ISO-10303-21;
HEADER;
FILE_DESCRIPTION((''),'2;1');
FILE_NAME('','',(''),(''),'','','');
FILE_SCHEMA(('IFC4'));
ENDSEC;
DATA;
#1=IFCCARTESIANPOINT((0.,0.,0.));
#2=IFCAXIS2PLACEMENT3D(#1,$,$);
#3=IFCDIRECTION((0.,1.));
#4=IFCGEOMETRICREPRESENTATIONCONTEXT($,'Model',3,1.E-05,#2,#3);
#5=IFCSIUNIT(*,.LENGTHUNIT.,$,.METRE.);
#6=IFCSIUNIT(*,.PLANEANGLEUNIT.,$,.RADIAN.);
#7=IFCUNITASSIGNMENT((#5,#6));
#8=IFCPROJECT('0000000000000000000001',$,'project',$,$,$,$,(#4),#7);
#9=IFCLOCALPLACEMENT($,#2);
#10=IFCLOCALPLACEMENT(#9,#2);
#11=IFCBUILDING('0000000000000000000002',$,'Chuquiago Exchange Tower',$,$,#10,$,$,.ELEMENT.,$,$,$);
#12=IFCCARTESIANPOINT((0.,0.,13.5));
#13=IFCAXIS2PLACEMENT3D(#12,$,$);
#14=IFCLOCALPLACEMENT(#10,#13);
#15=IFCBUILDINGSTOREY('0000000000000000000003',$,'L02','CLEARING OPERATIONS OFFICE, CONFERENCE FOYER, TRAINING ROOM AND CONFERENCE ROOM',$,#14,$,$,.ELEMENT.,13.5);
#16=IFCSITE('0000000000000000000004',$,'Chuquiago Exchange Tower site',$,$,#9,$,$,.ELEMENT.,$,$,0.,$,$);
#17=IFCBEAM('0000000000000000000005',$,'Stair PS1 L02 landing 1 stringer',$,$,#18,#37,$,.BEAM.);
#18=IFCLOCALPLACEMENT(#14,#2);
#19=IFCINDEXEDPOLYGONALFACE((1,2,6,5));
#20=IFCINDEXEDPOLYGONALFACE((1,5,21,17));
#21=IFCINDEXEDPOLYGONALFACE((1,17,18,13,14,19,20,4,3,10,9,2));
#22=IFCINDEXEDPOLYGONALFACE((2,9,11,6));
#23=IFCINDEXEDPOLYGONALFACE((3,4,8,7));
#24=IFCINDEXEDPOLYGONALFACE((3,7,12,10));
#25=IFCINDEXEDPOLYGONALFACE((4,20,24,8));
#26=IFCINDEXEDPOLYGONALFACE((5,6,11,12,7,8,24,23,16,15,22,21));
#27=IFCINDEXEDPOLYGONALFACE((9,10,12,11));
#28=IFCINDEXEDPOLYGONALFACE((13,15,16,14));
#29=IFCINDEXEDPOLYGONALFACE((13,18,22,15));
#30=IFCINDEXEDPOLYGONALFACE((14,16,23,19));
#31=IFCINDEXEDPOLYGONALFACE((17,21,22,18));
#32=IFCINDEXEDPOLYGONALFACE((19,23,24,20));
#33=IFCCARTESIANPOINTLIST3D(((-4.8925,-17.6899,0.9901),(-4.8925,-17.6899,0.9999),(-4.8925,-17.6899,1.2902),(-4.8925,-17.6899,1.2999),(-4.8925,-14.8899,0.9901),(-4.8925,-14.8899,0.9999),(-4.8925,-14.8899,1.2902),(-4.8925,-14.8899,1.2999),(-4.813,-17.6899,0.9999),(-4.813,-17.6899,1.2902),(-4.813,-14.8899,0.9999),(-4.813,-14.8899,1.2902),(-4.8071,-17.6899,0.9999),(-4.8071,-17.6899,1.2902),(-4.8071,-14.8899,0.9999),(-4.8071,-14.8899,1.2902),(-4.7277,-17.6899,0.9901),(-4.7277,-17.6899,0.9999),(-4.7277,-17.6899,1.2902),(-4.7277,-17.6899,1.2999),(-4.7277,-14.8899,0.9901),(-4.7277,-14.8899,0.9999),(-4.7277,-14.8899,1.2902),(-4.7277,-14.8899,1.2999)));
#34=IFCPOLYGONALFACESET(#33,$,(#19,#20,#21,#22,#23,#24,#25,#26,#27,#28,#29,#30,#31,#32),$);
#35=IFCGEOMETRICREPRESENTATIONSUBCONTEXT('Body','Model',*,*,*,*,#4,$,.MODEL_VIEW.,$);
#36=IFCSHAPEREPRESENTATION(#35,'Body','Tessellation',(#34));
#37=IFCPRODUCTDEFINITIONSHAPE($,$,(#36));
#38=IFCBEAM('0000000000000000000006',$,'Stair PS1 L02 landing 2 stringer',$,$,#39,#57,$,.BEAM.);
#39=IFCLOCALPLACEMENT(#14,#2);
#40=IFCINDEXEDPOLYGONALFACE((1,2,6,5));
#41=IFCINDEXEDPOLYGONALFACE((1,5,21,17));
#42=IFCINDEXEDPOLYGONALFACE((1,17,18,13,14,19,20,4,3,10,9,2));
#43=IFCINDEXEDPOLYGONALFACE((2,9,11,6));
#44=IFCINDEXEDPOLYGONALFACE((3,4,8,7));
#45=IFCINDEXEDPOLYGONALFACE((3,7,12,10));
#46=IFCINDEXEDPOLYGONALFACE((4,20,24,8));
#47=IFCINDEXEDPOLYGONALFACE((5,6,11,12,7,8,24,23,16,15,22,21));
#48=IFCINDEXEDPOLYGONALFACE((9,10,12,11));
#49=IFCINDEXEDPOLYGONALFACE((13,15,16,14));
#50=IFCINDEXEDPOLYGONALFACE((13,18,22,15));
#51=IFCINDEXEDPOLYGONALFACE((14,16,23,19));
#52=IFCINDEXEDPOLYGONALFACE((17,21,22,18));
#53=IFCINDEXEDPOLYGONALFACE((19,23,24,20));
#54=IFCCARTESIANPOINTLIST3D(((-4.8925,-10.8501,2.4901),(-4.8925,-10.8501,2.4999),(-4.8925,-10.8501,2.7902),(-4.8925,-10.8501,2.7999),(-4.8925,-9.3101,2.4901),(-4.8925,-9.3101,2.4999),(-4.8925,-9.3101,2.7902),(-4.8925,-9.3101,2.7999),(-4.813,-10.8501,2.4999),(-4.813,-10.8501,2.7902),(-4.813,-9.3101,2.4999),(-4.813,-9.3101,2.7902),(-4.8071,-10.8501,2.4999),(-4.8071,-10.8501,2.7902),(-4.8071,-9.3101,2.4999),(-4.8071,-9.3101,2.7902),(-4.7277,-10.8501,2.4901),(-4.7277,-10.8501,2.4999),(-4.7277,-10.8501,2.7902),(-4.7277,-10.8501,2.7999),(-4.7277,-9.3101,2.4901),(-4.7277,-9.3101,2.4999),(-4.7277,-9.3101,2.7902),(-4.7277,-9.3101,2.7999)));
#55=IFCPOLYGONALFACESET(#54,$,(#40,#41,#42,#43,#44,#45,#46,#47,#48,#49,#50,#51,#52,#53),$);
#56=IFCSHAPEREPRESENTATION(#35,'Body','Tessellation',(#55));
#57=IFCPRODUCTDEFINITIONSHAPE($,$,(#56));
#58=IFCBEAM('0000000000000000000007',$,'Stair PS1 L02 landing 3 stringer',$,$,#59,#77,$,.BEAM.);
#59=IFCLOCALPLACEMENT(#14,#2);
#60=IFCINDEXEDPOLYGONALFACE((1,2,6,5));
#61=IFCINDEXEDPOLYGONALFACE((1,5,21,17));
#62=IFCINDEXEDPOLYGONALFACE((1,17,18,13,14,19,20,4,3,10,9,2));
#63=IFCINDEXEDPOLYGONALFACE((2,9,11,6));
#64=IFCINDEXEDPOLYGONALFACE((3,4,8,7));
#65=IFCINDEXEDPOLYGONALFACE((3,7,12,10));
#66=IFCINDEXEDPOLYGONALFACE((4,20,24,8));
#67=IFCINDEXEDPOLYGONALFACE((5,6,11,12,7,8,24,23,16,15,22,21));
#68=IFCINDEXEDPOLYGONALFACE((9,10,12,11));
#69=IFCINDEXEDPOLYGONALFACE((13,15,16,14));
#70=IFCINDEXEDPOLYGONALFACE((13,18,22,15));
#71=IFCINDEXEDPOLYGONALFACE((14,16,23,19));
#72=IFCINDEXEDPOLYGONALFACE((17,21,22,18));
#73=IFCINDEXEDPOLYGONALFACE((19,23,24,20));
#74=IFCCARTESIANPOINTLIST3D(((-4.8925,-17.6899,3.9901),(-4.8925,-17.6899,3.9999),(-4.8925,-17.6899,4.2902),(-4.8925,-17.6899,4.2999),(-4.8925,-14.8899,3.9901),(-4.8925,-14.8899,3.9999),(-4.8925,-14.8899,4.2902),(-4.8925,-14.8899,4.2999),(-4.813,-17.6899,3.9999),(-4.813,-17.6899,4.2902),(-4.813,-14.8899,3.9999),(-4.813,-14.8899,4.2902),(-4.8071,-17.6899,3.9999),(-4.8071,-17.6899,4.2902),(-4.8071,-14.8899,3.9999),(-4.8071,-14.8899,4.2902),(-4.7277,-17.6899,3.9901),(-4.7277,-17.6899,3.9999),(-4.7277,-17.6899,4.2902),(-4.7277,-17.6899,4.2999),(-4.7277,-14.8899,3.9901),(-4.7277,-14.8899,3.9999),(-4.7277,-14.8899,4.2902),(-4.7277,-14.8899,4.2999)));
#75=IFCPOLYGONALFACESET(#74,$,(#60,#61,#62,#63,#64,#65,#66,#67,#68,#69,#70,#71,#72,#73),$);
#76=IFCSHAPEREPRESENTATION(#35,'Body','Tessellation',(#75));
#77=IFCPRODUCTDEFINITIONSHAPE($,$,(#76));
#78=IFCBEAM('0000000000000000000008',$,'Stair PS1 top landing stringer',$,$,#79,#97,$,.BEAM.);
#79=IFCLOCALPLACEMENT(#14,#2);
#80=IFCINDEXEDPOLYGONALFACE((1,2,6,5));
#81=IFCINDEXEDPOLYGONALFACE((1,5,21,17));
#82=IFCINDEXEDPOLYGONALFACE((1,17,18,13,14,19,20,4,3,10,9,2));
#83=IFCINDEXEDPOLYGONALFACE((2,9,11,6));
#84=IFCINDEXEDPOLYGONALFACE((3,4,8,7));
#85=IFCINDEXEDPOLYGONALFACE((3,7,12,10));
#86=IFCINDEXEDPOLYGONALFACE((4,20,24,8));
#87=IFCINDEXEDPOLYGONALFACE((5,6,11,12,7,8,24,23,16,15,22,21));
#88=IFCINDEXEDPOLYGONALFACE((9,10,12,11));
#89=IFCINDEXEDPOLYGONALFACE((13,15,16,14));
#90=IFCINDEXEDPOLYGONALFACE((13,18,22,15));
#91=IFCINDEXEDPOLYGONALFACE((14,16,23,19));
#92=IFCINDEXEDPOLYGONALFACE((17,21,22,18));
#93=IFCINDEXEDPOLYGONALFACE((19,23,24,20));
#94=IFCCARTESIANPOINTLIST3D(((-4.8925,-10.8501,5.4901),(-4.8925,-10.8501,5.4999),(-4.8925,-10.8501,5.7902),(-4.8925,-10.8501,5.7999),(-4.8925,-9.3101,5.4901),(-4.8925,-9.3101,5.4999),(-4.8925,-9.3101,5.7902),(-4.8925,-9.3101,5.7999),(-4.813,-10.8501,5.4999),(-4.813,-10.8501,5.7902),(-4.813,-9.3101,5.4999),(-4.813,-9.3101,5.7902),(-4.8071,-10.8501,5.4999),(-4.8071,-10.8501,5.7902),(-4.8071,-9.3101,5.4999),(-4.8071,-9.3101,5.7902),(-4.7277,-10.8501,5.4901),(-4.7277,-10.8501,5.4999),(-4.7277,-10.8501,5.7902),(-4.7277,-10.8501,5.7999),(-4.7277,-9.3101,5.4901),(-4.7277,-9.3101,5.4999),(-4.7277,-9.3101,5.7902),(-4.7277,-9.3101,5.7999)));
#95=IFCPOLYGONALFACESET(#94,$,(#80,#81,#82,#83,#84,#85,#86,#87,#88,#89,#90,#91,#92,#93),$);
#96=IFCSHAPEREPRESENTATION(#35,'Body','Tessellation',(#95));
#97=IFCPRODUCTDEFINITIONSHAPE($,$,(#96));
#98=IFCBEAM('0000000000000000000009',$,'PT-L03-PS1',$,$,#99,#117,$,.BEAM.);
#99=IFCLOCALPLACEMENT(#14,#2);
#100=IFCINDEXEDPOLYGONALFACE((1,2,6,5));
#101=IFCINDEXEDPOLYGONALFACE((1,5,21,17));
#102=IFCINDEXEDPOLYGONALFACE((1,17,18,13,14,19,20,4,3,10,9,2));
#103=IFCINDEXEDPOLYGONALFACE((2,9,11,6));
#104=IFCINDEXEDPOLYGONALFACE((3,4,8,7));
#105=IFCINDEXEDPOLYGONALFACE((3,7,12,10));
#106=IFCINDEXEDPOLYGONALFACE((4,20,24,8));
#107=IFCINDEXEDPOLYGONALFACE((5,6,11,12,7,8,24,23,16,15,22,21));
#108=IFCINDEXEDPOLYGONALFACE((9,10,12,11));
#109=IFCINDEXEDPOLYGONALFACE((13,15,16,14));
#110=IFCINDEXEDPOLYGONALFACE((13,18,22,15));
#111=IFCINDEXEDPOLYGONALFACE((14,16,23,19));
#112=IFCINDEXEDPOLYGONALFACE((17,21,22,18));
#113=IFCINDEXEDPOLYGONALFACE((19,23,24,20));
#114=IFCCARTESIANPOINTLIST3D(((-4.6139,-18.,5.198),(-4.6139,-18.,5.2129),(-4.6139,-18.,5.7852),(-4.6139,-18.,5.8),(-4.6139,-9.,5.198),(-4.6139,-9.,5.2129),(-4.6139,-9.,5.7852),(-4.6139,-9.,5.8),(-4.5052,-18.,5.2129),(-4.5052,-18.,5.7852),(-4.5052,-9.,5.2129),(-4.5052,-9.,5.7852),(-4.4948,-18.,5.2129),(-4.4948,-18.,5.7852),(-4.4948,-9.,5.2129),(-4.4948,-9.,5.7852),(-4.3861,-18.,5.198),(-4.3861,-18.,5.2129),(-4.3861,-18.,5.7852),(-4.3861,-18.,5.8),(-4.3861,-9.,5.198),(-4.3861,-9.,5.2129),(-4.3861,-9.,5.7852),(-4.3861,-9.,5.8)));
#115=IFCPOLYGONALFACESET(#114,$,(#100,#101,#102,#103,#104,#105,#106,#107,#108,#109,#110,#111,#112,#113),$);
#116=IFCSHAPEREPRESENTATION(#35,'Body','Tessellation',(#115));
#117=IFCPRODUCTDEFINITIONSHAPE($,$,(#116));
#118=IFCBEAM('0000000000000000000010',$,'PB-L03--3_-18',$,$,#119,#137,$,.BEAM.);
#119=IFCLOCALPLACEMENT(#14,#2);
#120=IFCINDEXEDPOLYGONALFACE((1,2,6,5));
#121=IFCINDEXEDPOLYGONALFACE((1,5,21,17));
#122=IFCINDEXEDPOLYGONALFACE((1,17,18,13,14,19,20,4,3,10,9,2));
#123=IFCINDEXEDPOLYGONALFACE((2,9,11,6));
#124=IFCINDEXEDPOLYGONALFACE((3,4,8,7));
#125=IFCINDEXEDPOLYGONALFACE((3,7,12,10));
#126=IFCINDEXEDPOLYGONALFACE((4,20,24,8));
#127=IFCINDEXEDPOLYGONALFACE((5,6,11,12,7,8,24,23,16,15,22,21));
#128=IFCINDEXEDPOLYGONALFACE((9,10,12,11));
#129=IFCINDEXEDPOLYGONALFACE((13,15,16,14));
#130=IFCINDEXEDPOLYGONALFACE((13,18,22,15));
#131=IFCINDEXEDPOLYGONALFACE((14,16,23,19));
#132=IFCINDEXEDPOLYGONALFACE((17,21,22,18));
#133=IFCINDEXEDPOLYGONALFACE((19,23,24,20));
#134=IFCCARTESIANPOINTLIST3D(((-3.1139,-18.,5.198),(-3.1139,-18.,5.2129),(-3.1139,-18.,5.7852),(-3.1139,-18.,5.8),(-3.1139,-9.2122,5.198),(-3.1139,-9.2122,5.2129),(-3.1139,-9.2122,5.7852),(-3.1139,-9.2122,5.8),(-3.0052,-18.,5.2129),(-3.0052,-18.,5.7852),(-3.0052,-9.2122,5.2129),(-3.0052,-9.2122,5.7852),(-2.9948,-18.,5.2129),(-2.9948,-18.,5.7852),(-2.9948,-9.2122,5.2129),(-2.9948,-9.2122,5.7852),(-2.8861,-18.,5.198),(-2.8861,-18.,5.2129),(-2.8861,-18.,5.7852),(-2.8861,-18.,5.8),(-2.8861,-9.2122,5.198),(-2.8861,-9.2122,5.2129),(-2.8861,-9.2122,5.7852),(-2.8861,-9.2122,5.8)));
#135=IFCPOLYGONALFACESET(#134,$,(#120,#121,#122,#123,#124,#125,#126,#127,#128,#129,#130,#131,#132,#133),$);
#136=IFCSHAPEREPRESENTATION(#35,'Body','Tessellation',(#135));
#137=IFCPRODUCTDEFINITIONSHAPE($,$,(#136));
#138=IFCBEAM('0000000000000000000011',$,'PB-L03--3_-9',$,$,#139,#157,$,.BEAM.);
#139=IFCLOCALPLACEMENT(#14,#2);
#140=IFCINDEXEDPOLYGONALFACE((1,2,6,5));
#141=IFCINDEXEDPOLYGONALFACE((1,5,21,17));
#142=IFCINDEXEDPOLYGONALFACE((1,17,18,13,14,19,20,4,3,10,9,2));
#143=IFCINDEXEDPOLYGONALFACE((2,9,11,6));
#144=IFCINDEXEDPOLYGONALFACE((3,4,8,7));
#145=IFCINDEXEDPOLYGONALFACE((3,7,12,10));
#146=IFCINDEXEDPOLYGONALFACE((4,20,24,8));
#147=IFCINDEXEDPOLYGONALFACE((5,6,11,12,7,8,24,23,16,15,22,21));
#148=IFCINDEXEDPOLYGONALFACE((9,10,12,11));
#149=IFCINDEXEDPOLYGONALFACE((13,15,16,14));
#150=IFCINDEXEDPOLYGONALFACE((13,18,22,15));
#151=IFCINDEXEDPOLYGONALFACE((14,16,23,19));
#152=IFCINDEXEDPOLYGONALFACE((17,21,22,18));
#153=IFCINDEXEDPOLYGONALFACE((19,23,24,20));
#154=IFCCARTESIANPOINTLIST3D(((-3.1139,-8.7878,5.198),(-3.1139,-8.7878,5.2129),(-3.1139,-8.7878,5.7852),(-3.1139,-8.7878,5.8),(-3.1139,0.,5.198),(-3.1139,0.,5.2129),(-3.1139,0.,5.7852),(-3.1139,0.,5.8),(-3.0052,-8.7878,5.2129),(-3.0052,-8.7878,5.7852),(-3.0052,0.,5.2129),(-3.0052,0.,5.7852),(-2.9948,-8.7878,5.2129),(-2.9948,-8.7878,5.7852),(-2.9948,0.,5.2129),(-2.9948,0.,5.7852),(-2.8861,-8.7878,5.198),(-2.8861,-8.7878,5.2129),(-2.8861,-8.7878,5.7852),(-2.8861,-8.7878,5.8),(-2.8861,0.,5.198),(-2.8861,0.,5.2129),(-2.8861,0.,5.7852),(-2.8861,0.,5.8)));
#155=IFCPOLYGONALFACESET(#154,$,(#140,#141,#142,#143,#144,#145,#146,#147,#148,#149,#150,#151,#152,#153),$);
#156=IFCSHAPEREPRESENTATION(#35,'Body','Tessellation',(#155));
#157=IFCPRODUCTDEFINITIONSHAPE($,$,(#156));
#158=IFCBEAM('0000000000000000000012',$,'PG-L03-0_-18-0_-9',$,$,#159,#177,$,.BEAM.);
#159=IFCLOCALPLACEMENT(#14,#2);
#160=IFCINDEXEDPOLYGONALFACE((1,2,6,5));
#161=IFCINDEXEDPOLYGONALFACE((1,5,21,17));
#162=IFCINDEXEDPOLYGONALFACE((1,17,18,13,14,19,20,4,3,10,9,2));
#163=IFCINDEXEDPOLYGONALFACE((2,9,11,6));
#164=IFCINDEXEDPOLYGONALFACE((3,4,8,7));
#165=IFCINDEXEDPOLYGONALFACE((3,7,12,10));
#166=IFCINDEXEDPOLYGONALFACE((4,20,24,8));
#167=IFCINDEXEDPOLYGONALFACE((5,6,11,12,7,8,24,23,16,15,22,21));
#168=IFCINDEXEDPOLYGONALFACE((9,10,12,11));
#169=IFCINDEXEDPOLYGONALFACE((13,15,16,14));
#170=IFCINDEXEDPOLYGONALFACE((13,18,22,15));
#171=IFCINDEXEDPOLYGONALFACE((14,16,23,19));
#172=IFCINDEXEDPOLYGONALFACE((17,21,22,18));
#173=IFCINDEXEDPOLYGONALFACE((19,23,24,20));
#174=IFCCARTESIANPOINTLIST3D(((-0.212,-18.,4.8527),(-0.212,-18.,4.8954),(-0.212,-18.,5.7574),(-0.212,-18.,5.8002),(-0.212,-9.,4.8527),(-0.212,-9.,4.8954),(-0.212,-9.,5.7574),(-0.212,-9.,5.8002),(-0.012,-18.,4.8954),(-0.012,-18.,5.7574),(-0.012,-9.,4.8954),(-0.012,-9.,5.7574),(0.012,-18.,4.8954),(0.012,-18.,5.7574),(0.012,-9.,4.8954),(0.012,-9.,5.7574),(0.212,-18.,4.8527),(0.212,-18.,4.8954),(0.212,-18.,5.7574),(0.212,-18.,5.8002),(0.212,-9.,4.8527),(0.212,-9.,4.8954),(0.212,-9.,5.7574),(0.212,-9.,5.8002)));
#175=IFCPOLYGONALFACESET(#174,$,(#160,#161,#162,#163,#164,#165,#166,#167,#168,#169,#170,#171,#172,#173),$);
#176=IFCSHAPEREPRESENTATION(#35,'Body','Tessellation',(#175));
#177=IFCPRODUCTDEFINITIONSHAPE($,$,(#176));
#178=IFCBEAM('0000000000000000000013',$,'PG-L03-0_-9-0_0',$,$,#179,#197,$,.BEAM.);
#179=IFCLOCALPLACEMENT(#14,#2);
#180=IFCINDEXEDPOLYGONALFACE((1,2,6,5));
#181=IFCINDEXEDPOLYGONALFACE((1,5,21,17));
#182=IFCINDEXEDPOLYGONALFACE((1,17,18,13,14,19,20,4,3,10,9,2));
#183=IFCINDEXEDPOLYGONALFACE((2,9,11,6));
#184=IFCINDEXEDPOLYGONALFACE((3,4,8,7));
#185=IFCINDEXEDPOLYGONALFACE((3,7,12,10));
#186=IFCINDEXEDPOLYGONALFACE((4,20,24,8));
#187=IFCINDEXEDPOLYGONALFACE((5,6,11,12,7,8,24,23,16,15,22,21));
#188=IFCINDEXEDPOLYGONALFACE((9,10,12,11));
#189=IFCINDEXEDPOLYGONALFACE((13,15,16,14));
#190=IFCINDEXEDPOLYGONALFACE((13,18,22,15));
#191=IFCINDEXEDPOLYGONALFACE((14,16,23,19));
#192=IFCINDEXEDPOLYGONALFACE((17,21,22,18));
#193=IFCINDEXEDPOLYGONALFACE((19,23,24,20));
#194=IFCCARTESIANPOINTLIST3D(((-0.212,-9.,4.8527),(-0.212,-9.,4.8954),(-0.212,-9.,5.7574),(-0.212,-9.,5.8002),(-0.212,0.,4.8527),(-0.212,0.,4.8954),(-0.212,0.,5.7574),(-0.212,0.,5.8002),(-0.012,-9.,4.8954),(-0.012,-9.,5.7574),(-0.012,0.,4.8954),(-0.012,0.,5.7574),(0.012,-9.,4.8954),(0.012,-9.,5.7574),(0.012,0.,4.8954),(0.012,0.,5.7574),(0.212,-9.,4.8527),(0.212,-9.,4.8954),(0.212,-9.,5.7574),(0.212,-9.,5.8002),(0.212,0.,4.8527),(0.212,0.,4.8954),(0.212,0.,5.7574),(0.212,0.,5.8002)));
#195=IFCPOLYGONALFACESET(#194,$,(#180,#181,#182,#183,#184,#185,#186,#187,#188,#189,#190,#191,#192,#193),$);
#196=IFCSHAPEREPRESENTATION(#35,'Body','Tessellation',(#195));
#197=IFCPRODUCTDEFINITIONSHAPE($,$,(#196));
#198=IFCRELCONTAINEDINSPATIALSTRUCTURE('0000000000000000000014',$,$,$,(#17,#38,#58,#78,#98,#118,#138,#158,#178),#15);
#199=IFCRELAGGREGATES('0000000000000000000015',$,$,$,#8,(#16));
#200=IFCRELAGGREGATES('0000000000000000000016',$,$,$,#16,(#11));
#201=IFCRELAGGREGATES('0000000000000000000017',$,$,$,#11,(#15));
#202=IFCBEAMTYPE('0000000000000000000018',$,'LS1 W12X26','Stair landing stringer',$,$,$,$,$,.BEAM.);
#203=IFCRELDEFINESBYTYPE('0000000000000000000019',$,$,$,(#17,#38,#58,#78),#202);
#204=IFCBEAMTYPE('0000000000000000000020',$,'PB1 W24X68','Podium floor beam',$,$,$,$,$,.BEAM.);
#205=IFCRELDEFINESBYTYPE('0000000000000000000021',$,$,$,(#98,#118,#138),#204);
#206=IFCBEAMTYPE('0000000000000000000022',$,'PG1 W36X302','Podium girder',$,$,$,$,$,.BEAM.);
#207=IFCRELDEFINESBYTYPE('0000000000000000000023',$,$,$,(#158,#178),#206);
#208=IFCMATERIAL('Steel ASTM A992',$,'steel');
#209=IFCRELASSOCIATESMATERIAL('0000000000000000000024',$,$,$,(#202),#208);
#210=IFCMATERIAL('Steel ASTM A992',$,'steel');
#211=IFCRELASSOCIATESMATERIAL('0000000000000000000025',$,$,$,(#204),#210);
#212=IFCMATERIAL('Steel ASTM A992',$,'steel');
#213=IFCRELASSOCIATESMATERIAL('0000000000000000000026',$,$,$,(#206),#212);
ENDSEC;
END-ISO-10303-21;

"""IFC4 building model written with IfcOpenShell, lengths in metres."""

from ifc_helpers import new_model, si_unit, direction, frame, origin, origin_2d, place, context, subcontext, project, spatial, i_section, extrude, material, material_profile, profile_set, type_object, element, save


model = new_model("IFC4")

# Units and contexts
model_context = context("Model", 3, precision=1e-05, world=origin(), true_north=direction((0.0, 1.0)))
body_context = subcontext(model_context, "Body", "Model", "MODEL_VIEW")
ifc_project = project(units=[si_unit("LENGTHUNIT", "METRE"), si_unit("PLANEANGLEUNIT", "RADIAN")], contexts=[model_context])

# Site, building, storey
site_placement = place(None, origin())
site = spatial("IfcSite", under=ifc_project, at=site_placement, Name="Chuquiago Exchange Tower site", CompositionType="ELEMENT", RefElevation=0.0)
building_placement = place(site_placement, origin())
building = spatial("IfcBuilding", under=site, at=building_placement, Name="Chuquiago Exchange Tower", CompositionType="ELEMENT")
storey_placement = place(building_placement, frame((0.0, 0.0, 13.5)))
storey = spatial("IfcBuildingStorey", under=building, at=storey_placement, Name="L02", Description="CLEARING OPERATIONS OFFICE, CONFERENCE FOYER, TRAINING ROOM AND CONFERENCE ROOM", CompositionType="ELEMENT", Elevation=13.5)

# Beams
ifc_material_1 = material(Name="Steel ASTM A992", Category="steel")
ifc_material_profile_1 = material_profile(ifc_material_1, i_section(OverallWidth=0.1648, OverallDepth=0.3098, WebThickness=0.0059, FlangeThickness=0.0098, at=origin_2d()), Name="W12X26")
ifc_profile_set_1 = profile_set([ifc_material_profile_1], Name="Steel ASTM A992")
beam_type_1 = type_object("IfcBeamType", Name="LS1 W12X26", Description="Stair landing stringer", PredefinedType="BEAM", material=ifc_profile_set_1)
beam_1_placement = place(storey_placement, frame((-4.8101, -17.6899, 1.145), z_axis=(0.0, 1.0, 0.0), x_axis=(-1.0, 0.0, 0.0)))
element("IfcBeam", 1, at=beam_1_placement, inside=storey, type_object=beam_type_1, Name="Stair PS1 L02 landing 1 stringer", PredefinedType="BEAM", context=body_context, shape_type="SweptSolid", body=[
    extrude(i_section(OverallWidth=0.1648, OverallDepth=0.3098, WebThickness=0.0059, FlangeThickness=0.0098, at=origin_2d()), origin(), (0.0, 0.0, 1.0), 2.8),
])
beam_2_placement = place(storey_placement, frame((-4.8101, -10.8501, 2.645), z_axis=(0.0, 1.0, 0.0), x_axis=(-1.0, 0.0, 0.0)))
element("IfcBeam", 2, at=beam_2_placement, inside=storey, type_object=beam_type_1, Name="Stair PS1 L02 landing 2 stringer", PredefinedType="BEAM", context=body_context, shape_type="SweptSolid", body=[
    extrude(i_section(OverallWidth=0.1648, OverallDepth=0.3098, WebThickness=0.0059, FlangeThickness=0.0098, at=origin_2d()), origin(), (0.0, 0.0, 1.0), 1.54),
])
beam_3_placement = place(storey_placement, frame((-4.8101, -17.6899, 4.145), z_axis=(0.0, 1.0, 0.0), x_axis=(-1.0, 0.0, 0.0)))
element("IfcBeam", 3, at=beam_3_placement, inside=storey, type_object=beam_type_1, Name="Stair PS1 L02 landing 3 stringer", PredefinedType="BEAM", context=body_context, shape_type="SweptSolid", body=[
    extrude(i_section(OverallWidth=0.1648, OverallDepth=0.3098, WebThickness=0.0059, FlangeThickness=0.0098, at=origin_2d()), origin(), (0.0, 0.0, 1.0), 2.8),
])
beam_4_placement = place(storey_placement, frame((-4.8101, -10.8501, 5.645), z_axis=(0.0, 1.0, 0.0), x_axis=(-1.0, 0.0, 0.0)))
element("IfcBeam", 4, at=beam_4_placement, inside=storey, type_object=beam_type_1, Name="Stair PS1 top landing stringer", PredefinedType="BEAM", context=body_context, shape_type="SweptSolid", body=[
    extrude(i_section(OverallWidth=0.1648, OverallDepth=0.3098, WebThickness=0.0059, FlangeThickness=0.0098, at=origin_2d()), origin(), (0.0, 0.0, 1.0), 1.54),
])
ifc_material_2 = material(Name="Steel ASTM A992", Category="steel")
ifc_material_profile_2 = material_profile(ifc_material_2, i_section(OverallWidth=0.2278, OverallDepth=0.6021, WebThickness=0.0105, FlangeThickness=0.0149, at=origin_2d()), Name="W24X68")
ifc_profile_set_2 = profile_set([ifc_material_profile_2], Name="Steel ASTM A992")
beam_type_2 = type_object("IfcBeamType", Name="PB1 W24X68", Description="Podium floor beam", PredefinedType="BEAM", material=ifc_profile_set_2)
beam_5_placement = place(storey_placement, frame((-4.5, -18.0, 5.499), z_axis=(0.0, 1.0, 0.0), x_axis=(-1.0, 0.0, 0.0)))
element("IfcBeam", 5, at=beam_5_placement, inside=storey, type_object=beam_type_2, Name="PT-L03-PS1", PredefinedType="BEAM", context=body_context, shape_type="SweptSolid", body=[
    extrude(i_section(OverallWidth=0.2278, OverallDepth=0.6021, WebThickness=0.0105, FlangeThickness=0.0149, at=origin_2d()), origin(), (0.0, 0.0, 1.0), 9.0),
])
for number, where, z_axis, x_axis, name in (
    (6, (-3.0, -18.0, 5.499), (0.0, 1.0, 0.0), (-1.0, 0.0, 0.0), "PB-L03--3_-18"),
    (7, (-3.0, -8.7878, 5.499), (0.0, 1.0, 0.0), (-1.0, 0.0, 0.0), "PB-L03--3_-9"),
):
    element("IfcBeam", number, at=place(storey_placement, frame(where, z_axis=z_axis, x_axis=x_axis)), inside=storey, type_object=beam_type_2, Name=name, PredefinedType="BEAM", context=body_context, shape_type="SweptSolid", body=[
        extrude(i_section(OverallWidth=0.2278, OverallDepth=0.6021, WebThickness=0.0105, FlangeThickness=0.0149, at=origin_2d()), origin(), (0.0, 0.0, 1.0), 8.7878),
    ])
ifc_material_3 = material(Name="Steel ASTM A992", Category="steel")
ifc_material_profile_3 = material_profile(ifc_material_3, i_section(OverallWidth=0.4241, OverallDepth=0.9475, WebThickness=0.0239, FlangeThickness=0.0427, at=origin_2d()), Name="W36X302")
ifc_profile_set_3 = profile_set([ifc_material_profile_3], Name="Steel ASTM A992")
beam_type_3 = type_object("IfcBeamType", Name="PG1 W36X302", Description="Podium girder", PredefinedType="BEAM", material=ifc_profile_set_3)
for number, where, z_axis, x_axis, name in (
    (8, (0.0, -18.0, 5.3264), (0.0, 1.0, 0.0), (-1.0, 0.0, 0.0), "PG-L03-0_-18-0_-9"),
    (9, (0.0, -9.0, 5.3264), (0.0, 1.0, 0.0), (-1.0, 0.0, 0.0), "PG-L03-0_-9-0_0"),
):
    element("IfcBeam", number, at=place(storey_placement, frame(where, z_axis=z_axis, x_axis=x_axis)), inside=storey, type_object=beam_type_3, Name=name, PredefinedType="BEAM", context=body_context, shape_type="SweptSolid", body=[
        extrude(i_section(OverallWidth=0.4241, OverallDepth=0.9475, WebThickness=0.0239, FlangeThickness=0.0427, at=origin_2d()), origin(), (0.0, 0.0, 1.0), 9.0),
    ])

save(model, "model.ifc")
